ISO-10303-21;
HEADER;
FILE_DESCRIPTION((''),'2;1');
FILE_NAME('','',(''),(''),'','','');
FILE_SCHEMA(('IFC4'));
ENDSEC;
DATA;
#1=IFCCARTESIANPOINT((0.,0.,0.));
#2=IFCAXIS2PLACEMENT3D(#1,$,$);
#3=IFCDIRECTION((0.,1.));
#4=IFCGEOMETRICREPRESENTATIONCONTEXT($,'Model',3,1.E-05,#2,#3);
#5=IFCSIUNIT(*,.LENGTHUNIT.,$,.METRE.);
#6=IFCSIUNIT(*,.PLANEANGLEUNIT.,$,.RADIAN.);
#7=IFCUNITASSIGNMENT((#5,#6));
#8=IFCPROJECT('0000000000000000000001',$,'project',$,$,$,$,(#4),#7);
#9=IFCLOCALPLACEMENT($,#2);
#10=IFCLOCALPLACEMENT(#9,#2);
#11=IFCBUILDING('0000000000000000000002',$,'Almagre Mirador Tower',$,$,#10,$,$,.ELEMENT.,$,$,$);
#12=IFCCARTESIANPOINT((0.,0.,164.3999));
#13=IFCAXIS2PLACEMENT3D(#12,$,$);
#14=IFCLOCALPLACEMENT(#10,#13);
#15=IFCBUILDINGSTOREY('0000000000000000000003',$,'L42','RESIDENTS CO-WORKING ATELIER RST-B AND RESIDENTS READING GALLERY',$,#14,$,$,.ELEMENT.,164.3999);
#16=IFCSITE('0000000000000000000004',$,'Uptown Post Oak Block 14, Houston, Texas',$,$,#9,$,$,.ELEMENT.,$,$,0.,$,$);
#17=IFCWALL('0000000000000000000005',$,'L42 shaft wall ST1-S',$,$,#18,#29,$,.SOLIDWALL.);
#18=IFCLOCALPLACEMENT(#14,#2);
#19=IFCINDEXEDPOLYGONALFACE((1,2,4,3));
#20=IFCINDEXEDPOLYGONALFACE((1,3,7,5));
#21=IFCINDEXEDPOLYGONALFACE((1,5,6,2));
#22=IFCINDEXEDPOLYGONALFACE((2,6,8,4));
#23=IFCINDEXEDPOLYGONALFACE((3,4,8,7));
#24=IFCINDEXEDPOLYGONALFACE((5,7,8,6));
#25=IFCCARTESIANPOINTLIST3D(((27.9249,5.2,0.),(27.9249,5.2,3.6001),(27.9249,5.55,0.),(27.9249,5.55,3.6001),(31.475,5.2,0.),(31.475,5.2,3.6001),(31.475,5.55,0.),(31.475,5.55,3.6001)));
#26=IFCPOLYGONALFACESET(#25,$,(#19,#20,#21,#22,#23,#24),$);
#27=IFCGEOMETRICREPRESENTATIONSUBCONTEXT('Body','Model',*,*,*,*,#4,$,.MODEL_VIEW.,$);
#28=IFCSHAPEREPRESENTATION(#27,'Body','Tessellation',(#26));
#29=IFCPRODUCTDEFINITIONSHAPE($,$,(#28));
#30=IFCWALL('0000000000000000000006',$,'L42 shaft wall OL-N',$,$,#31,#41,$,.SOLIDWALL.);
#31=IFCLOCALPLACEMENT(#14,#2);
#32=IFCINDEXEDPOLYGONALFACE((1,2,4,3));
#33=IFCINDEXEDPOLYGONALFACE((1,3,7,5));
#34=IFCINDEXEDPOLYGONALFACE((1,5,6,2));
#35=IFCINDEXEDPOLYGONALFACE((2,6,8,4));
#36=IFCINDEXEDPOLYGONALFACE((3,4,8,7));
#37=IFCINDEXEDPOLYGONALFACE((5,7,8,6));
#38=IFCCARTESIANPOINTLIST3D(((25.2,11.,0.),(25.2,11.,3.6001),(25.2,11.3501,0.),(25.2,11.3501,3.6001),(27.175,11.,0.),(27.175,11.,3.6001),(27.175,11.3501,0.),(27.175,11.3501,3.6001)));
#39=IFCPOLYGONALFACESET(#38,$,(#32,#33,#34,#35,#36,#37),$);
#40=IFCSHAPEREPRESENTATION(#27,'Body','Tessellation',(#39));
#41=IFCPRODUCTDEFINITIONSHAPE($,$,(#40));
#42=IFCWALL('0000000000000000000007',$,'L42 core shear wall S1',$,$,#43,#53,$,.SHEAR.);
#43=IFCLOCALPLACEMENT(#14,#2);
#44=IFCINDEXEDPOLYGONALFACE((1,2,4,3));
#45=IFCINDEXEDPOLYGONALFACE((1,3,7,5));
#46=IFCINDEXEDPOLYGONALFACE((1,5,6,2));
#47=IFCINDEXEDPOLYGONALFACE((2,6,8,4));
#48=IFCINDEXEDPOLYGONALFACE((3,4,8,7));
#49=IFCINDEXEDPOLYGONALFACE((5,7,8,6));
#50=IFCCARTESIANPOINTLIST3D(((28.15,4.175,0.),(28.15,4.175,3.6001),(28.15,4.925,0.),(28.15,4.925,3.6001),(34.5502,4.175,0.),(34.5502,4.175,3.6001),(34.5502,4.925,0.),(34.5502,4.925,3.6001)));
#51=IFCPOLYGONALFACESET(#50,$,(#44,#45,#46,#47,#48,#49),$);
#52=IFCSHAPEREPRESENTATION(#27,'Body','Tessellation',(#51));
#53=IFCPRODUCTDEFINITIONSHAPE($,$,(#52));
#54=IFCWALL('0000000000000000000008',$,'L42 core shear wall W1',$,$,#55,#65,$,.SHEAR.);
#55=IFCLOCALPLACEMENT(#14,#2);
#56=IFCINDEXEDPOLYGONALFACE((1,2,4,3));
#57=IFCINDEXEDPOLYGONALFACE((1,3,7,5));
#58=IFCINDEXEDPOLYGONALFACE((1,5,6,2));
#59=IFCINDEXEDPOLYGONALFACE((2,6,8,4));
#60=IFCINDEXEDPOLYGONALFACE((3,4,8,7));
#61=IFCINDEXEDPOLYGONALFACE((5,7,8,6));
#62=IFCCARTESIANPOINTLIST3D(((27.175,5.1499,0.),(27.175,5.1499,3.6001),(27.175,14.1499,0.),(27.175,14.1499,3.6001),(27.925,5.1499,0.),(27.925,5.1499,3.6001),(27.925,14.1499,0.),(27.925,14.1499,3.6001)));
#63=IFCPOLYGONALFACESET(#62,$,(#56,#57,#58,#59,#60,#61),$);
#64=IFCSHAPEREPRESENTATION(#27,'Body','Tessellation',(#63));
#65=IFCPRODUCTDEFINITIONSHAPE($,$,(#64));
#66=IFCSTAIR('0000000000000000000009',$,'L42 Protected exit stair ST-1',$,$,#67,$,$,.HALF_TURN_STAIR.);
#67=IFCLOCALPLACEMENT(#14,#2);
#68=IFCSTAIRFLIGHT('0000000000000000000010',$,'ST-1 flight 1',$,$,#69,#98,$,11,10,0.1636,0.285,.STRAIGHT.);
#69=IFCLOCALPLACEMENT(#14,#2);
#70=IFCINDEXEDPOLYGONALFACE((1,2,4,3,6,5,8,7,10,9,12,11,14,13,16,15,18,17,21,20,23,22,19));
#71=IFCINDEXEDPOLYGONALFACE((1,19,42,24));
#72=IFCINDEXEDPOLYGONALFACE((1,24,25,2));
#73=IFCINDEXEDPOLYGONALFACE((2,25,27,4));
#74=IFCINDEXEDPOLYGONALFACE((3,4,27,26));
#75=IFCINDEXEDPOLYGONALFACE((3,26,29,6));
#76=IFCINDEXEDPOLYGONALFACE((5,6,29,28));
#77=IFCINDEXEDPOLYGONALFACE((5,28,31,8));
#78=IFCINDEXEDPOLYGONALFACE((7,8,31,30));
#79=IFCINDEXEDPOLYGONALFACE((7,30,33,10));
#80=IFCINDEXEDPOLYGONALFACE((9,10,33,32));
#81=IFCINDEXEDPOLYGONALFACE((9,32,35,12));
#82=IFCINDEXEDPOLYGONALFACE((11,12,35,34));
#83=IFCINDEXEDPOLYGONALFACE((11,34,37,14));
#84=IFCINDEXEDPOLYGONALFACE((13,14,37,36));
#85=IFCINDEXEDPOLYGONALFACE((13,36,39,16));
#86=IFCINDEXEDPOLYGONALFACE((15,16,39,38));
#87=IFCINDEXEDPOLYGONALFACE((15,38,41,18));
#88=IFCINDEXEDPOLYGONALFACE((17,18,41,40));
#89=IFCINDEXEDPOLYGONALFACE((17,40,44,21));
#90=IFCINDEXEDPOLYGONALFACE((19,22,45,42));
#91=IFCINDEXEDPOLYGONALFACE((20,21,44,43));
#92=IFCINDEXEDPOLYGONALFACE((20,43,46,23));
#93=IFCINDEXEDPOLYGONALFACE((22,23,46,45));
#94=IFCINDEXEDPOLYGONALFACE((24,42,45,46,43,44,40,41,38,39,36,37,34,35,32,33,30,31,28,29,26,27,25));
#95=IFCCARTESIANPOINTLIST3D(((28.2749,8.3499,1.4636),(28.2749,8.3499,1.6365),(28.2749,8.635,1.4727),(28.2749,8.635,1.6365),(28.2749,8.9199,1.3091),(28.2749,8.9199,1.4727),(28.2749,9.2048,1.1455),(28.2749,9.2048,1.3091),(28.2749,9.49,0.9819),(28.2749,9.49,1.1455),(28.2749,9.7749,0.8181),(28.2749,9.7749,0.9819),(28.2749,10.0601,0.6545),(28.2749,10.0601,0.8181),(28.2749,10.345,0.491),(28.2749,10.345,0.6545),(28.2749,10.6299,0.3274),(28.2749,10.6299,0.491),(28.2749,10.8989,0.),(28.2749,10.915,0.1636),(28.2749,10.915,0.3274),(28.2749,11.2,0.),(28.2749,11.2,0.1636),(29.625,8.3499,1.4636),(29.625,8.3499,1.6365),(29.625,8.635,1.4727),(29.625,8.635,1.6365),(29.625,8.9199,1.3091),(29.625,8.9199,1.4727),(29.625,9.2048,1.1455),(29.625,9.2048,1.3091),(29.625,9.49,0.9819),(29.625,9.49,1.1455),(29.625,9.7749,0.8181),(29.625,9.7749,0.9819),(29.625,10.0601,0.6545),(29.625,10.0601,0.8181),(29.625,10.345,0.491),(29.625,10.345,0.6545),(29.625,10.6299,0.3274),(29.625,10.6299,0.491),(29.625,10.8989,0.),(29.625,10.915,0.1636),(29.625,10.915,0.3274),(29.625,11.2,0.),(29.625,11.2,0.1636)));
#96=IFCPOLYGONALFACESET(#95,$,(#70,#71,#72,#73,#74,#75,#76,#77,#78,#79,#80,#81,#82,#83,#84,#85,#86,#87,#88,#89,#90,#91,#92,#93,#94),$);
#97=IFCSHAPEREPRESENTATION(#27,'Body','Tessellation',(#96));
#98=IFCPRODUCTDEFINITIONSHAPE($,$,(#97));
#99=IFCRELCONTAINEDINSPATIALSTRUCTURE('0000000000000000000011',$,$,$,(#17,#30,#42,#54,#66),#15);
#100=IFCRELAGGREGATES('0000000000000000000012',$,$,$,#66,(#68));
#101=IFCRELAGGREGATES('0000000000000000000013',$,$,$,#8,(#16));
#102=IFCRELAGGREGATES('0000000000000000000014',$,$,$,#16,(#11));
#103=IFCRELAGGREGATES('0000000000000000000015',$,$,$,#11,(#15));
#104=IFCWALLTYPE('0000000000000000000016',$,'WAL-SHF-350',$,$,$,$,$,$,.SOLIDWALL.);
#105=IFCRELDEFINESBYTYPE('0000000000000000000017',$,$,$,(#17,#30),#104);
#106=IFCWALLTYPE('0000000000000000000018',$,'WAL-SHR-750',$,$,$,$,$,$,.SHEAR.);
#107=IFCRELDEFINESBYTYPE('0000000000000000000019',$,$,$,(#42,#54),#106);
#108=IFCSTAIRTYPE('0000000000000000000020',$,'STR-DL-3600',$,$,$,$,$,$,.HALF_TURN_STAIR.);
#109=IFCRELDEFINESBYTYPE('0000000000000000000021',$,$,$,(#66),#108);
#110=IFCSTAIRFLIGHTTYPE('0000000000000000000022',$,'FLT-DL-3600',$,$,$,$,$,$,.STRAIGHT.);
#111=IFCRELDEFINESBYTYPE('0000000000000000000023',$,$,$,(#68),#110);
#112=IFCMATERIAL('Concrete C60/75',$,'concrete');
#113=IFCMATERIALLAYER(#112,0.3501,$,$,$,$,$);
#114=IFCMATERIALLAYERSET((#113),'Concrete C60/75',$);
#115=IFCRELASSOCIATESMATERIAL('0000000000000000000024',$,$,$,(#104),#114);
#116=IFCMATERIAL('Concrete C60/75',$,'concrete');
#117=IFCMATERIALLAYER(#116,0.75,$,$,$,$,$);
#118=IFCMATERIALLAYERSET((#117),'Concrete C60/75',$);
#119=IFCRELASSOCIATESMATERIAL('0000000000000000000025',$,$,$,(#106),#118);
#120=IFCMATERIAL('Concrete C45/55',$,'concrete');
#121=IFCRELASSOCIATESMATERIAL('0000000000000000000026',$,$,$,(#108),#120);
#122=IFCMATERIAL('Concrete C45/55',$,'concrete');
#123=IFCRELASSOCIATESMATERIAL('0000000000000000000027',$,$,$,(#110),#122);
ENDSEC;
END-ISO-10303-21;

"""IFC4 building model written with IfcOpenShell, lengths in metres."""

from ifc_helpers import new_model, si_unit, direction, frame, frame_2d, origin, place, context, subcontext, project, spatial, polyline, rectangle, outline, extrude, material, layer, layer_set, type_object, element, aggregate, save


model = new_model("IFC4")

# Units and contexts
model_context = context("Model", 3, precision=1e-05, world=origin(), true_north=direction((0.0, 1.0)))
body_context = subcontext(model_context, "Body", "Model", "MODEL_VIEW")
ifc_project = project(units=[si_unit("LENGTHUNIT", "METRE"), si_unit("PLANEANGLEUNIT", "RADIAN")], contexts=[model_context])

# Site, building, storey
site_placement = place(None, origin())
site = spatial("IfcSite", under=ifc_project, at=site_placement, Name="Uptown Post Oak Block 14, Houston, Texas", CompositionType="ELEMENT", RefElevation=0.0)
building_placement = place(site_placement, origin())
building = spatial("IfcBuilding", under=site, at=building_placement, Name="Almagre Mirador Tower", CompositionType="ELEMENT")
storey_placement = place(building_placement, frame((0.0, 0.0, 164.3999)))
storey = spatial("IfcBuildingStorey", under=building, at=storey_placement, Name="L42", Description="RESIDENTS CO-WORKING ATELIER RST-B AND RESIDENTS READING GALLERY", CompositionType="ELEMENT", Elevation=164.3999)

# Walls
ifc_material_1 = material(Name="Concrete C60/75", Category="concrete")
ifc_layer_1 = layer(ifc_material_1, 0.3501)
ifc_layer_set_1 = layer_set([ifc_layer_1], Name="Concrete C60/75")
wall_type_1 = type_object("IfcWallType", Name="WAL-SHF-350", PredefinedType="SOLIDWALL", material=ifc_layer_set_1)
wall_1_placement = place(storey_placement, frame((27.925, 5.375, 0.0), z_axis=(0.0, 0.0, 1.0), x_axis=(1.0, 0.0, 0.0)))
element("IfcWall", 1, at=wall_1_placement, inside=storey, type_object=wall_type_1, Name="L42 shaft wall ST1-S", PredefinedType="SOLIDWALL", context=body_context, shape_type="SweptSolid", body=[
    extrude(rectangle(XDim=3.55, YDim=0.3501, at=frame_2d((1.7749, 0.0))), origin(), (0.0, 0.0, 1.0), 3.6001),
])
wall_2_placement = place(storey_placement, frame((25.2, 11.175, 0.0), z_axis=(0.0, 0.0, 1.0), x_axis=(1.0, 0.0, 0.0)))
element("IfcWall", 2, at=wall_2_placement, inside=storey, type_object=wall_type_1, Name="L42 shaft wall OL-N", PredefinedType="SOLIDWALL", context=body_context, shape_type="SweptSolid", body=[
    extrude(rectangle(XDim=1.9751, YDim=0.3501, at=frame_2d((0.9875, 0.0))), origin(), (0.0, 0.0, 1.0), 3.6001),
])
ifc_material_2 = material(Name="Concrete C60/75", Category="concrete")
ifc_layer_2 = layer(ifc_material_2, 0.75)
ifc_layer_set_2 = layer_set([ifc_layer_2], Name="Concrete C60/75")
wall_type_2 = type_object("IfcWallType", Name="WAL-SHR-750", PredefinedType="SHEAR", material=ifc_layer_set_2)
wall_3_placement = place(storey_placement, frame((28.1499, 4.55, 0.0), z_axis=(0.0, 0.0, 1.0), x_axis=(1.0, 0.0, 0.0)))
element("IfcWall", 3, at=wall_3_placement, inside=storey, type_object=wall_type_2, Name="L42 core shear wall S1", PredefinedType="SHEAR", context=body_context, shape_type="SweptSolid", body=[
    extrude(rectangle(XDim=6.4001, YDim=0.75, at=frame_2d((3.2002, 0.0))), origin(), (0.0, 0.0, 1.0), 3.6001),
])
wall_4_placement = place(storey_placement, frame((27.55, 5.1499, 0.0), z_axis=(0.0, 0.0, 1.0), x_axis=(0.0, 1.0, 0.0)))
element("IfcWall", 4, at=wall_4_placement, inside=storey, type_object=wall_type_2, Name="L42 core shear wall W1", PredefinedType="SHEAR", context=body_context, shape_type="SweptSolid", body=[
    extrude(rectangle(XDim=9.0, YDim=0.75, at=frame_2d((4.5, 0.0))), origin(), (0.0, 0.0, 1.0), 3.6001),
])

# Stair, stair flight
ifc_material_3 = material(Name="Concrete C45/55", Category="concrete")
stair_type = type_object("IfcStairType", Name="STR-DL-3600", PredefinedType="HALF_TURN_STAIR", material=ifc_material_3)
stair_placement = place(storey_placement, origin())
stair = element("IfcStair", 5, at=stair_placement, inside=storey, type_object=stair_type, Name="L42 Protected exit stair ST-1", PredefinedType="HALF_TURN_STAIR")
ifc_material_4 = material(Name="Concrete C45/55", Category="concrete")
stair_flight_type = type_object("IfcStairFlightType", Name="FLT-DL-3600", PredefinedType="STRAIGHT", material=ifc_material_4)
stair_flight_placement = place(storey_placement, frame((28.95, 11.2, 0.0), z_axis=(0.0, 0.0, 1.0), x_axis=(0.0, -1.0, 0.0)))
stair_flight = element("IfcStairFlight", 6, at=stair_flight_placement, type_object=stair_flight_type, Name="ST-1 flight 1", NumberOfRisers=11, NumberOfTreads=10, PredefinedType="STRAIGHT", RiserHeight=0.1636, TreadLength=0.285, context=body_context, shape_type="SweptSolid", body=[
    extrude(outline(polyline([(0.0, 0.0), (0.0, 0.1636), (0.2849, 0.1636), (0.2849, 0.3274), (0.5701, 0.3274), (0.5701, 0.491), (0.855, 0.491), (0.855, 0.6545), (1.1399, 0.6545), (1.1399, 0.8181), (1.425, 0.8181), (1.425, 0.9819), (1.71, 0.9819), (1.71, 1.1455), (1.9951, 1.1455), (1.9951, 1.3091), (2.28, 1.3091), (2.28, 1.4727), (2.5649, 1.4727), (2.5649, 1.6365), (2.8501, 1.6365), (2.8501, 1.8), (2.8501, 1.4636), (0.301, 0.0), (0.0, 0.0)])), frame((0.0, 0.675, 0.0), z_axis=(0.0, -1.0, 0.0), x_axis=(1.0, 0.0, 0.0)), (0.0, 0.0, 1.0), 1.3501),
])
aggregate(stair, [stair_flight])

save(model, "model.ifc")
